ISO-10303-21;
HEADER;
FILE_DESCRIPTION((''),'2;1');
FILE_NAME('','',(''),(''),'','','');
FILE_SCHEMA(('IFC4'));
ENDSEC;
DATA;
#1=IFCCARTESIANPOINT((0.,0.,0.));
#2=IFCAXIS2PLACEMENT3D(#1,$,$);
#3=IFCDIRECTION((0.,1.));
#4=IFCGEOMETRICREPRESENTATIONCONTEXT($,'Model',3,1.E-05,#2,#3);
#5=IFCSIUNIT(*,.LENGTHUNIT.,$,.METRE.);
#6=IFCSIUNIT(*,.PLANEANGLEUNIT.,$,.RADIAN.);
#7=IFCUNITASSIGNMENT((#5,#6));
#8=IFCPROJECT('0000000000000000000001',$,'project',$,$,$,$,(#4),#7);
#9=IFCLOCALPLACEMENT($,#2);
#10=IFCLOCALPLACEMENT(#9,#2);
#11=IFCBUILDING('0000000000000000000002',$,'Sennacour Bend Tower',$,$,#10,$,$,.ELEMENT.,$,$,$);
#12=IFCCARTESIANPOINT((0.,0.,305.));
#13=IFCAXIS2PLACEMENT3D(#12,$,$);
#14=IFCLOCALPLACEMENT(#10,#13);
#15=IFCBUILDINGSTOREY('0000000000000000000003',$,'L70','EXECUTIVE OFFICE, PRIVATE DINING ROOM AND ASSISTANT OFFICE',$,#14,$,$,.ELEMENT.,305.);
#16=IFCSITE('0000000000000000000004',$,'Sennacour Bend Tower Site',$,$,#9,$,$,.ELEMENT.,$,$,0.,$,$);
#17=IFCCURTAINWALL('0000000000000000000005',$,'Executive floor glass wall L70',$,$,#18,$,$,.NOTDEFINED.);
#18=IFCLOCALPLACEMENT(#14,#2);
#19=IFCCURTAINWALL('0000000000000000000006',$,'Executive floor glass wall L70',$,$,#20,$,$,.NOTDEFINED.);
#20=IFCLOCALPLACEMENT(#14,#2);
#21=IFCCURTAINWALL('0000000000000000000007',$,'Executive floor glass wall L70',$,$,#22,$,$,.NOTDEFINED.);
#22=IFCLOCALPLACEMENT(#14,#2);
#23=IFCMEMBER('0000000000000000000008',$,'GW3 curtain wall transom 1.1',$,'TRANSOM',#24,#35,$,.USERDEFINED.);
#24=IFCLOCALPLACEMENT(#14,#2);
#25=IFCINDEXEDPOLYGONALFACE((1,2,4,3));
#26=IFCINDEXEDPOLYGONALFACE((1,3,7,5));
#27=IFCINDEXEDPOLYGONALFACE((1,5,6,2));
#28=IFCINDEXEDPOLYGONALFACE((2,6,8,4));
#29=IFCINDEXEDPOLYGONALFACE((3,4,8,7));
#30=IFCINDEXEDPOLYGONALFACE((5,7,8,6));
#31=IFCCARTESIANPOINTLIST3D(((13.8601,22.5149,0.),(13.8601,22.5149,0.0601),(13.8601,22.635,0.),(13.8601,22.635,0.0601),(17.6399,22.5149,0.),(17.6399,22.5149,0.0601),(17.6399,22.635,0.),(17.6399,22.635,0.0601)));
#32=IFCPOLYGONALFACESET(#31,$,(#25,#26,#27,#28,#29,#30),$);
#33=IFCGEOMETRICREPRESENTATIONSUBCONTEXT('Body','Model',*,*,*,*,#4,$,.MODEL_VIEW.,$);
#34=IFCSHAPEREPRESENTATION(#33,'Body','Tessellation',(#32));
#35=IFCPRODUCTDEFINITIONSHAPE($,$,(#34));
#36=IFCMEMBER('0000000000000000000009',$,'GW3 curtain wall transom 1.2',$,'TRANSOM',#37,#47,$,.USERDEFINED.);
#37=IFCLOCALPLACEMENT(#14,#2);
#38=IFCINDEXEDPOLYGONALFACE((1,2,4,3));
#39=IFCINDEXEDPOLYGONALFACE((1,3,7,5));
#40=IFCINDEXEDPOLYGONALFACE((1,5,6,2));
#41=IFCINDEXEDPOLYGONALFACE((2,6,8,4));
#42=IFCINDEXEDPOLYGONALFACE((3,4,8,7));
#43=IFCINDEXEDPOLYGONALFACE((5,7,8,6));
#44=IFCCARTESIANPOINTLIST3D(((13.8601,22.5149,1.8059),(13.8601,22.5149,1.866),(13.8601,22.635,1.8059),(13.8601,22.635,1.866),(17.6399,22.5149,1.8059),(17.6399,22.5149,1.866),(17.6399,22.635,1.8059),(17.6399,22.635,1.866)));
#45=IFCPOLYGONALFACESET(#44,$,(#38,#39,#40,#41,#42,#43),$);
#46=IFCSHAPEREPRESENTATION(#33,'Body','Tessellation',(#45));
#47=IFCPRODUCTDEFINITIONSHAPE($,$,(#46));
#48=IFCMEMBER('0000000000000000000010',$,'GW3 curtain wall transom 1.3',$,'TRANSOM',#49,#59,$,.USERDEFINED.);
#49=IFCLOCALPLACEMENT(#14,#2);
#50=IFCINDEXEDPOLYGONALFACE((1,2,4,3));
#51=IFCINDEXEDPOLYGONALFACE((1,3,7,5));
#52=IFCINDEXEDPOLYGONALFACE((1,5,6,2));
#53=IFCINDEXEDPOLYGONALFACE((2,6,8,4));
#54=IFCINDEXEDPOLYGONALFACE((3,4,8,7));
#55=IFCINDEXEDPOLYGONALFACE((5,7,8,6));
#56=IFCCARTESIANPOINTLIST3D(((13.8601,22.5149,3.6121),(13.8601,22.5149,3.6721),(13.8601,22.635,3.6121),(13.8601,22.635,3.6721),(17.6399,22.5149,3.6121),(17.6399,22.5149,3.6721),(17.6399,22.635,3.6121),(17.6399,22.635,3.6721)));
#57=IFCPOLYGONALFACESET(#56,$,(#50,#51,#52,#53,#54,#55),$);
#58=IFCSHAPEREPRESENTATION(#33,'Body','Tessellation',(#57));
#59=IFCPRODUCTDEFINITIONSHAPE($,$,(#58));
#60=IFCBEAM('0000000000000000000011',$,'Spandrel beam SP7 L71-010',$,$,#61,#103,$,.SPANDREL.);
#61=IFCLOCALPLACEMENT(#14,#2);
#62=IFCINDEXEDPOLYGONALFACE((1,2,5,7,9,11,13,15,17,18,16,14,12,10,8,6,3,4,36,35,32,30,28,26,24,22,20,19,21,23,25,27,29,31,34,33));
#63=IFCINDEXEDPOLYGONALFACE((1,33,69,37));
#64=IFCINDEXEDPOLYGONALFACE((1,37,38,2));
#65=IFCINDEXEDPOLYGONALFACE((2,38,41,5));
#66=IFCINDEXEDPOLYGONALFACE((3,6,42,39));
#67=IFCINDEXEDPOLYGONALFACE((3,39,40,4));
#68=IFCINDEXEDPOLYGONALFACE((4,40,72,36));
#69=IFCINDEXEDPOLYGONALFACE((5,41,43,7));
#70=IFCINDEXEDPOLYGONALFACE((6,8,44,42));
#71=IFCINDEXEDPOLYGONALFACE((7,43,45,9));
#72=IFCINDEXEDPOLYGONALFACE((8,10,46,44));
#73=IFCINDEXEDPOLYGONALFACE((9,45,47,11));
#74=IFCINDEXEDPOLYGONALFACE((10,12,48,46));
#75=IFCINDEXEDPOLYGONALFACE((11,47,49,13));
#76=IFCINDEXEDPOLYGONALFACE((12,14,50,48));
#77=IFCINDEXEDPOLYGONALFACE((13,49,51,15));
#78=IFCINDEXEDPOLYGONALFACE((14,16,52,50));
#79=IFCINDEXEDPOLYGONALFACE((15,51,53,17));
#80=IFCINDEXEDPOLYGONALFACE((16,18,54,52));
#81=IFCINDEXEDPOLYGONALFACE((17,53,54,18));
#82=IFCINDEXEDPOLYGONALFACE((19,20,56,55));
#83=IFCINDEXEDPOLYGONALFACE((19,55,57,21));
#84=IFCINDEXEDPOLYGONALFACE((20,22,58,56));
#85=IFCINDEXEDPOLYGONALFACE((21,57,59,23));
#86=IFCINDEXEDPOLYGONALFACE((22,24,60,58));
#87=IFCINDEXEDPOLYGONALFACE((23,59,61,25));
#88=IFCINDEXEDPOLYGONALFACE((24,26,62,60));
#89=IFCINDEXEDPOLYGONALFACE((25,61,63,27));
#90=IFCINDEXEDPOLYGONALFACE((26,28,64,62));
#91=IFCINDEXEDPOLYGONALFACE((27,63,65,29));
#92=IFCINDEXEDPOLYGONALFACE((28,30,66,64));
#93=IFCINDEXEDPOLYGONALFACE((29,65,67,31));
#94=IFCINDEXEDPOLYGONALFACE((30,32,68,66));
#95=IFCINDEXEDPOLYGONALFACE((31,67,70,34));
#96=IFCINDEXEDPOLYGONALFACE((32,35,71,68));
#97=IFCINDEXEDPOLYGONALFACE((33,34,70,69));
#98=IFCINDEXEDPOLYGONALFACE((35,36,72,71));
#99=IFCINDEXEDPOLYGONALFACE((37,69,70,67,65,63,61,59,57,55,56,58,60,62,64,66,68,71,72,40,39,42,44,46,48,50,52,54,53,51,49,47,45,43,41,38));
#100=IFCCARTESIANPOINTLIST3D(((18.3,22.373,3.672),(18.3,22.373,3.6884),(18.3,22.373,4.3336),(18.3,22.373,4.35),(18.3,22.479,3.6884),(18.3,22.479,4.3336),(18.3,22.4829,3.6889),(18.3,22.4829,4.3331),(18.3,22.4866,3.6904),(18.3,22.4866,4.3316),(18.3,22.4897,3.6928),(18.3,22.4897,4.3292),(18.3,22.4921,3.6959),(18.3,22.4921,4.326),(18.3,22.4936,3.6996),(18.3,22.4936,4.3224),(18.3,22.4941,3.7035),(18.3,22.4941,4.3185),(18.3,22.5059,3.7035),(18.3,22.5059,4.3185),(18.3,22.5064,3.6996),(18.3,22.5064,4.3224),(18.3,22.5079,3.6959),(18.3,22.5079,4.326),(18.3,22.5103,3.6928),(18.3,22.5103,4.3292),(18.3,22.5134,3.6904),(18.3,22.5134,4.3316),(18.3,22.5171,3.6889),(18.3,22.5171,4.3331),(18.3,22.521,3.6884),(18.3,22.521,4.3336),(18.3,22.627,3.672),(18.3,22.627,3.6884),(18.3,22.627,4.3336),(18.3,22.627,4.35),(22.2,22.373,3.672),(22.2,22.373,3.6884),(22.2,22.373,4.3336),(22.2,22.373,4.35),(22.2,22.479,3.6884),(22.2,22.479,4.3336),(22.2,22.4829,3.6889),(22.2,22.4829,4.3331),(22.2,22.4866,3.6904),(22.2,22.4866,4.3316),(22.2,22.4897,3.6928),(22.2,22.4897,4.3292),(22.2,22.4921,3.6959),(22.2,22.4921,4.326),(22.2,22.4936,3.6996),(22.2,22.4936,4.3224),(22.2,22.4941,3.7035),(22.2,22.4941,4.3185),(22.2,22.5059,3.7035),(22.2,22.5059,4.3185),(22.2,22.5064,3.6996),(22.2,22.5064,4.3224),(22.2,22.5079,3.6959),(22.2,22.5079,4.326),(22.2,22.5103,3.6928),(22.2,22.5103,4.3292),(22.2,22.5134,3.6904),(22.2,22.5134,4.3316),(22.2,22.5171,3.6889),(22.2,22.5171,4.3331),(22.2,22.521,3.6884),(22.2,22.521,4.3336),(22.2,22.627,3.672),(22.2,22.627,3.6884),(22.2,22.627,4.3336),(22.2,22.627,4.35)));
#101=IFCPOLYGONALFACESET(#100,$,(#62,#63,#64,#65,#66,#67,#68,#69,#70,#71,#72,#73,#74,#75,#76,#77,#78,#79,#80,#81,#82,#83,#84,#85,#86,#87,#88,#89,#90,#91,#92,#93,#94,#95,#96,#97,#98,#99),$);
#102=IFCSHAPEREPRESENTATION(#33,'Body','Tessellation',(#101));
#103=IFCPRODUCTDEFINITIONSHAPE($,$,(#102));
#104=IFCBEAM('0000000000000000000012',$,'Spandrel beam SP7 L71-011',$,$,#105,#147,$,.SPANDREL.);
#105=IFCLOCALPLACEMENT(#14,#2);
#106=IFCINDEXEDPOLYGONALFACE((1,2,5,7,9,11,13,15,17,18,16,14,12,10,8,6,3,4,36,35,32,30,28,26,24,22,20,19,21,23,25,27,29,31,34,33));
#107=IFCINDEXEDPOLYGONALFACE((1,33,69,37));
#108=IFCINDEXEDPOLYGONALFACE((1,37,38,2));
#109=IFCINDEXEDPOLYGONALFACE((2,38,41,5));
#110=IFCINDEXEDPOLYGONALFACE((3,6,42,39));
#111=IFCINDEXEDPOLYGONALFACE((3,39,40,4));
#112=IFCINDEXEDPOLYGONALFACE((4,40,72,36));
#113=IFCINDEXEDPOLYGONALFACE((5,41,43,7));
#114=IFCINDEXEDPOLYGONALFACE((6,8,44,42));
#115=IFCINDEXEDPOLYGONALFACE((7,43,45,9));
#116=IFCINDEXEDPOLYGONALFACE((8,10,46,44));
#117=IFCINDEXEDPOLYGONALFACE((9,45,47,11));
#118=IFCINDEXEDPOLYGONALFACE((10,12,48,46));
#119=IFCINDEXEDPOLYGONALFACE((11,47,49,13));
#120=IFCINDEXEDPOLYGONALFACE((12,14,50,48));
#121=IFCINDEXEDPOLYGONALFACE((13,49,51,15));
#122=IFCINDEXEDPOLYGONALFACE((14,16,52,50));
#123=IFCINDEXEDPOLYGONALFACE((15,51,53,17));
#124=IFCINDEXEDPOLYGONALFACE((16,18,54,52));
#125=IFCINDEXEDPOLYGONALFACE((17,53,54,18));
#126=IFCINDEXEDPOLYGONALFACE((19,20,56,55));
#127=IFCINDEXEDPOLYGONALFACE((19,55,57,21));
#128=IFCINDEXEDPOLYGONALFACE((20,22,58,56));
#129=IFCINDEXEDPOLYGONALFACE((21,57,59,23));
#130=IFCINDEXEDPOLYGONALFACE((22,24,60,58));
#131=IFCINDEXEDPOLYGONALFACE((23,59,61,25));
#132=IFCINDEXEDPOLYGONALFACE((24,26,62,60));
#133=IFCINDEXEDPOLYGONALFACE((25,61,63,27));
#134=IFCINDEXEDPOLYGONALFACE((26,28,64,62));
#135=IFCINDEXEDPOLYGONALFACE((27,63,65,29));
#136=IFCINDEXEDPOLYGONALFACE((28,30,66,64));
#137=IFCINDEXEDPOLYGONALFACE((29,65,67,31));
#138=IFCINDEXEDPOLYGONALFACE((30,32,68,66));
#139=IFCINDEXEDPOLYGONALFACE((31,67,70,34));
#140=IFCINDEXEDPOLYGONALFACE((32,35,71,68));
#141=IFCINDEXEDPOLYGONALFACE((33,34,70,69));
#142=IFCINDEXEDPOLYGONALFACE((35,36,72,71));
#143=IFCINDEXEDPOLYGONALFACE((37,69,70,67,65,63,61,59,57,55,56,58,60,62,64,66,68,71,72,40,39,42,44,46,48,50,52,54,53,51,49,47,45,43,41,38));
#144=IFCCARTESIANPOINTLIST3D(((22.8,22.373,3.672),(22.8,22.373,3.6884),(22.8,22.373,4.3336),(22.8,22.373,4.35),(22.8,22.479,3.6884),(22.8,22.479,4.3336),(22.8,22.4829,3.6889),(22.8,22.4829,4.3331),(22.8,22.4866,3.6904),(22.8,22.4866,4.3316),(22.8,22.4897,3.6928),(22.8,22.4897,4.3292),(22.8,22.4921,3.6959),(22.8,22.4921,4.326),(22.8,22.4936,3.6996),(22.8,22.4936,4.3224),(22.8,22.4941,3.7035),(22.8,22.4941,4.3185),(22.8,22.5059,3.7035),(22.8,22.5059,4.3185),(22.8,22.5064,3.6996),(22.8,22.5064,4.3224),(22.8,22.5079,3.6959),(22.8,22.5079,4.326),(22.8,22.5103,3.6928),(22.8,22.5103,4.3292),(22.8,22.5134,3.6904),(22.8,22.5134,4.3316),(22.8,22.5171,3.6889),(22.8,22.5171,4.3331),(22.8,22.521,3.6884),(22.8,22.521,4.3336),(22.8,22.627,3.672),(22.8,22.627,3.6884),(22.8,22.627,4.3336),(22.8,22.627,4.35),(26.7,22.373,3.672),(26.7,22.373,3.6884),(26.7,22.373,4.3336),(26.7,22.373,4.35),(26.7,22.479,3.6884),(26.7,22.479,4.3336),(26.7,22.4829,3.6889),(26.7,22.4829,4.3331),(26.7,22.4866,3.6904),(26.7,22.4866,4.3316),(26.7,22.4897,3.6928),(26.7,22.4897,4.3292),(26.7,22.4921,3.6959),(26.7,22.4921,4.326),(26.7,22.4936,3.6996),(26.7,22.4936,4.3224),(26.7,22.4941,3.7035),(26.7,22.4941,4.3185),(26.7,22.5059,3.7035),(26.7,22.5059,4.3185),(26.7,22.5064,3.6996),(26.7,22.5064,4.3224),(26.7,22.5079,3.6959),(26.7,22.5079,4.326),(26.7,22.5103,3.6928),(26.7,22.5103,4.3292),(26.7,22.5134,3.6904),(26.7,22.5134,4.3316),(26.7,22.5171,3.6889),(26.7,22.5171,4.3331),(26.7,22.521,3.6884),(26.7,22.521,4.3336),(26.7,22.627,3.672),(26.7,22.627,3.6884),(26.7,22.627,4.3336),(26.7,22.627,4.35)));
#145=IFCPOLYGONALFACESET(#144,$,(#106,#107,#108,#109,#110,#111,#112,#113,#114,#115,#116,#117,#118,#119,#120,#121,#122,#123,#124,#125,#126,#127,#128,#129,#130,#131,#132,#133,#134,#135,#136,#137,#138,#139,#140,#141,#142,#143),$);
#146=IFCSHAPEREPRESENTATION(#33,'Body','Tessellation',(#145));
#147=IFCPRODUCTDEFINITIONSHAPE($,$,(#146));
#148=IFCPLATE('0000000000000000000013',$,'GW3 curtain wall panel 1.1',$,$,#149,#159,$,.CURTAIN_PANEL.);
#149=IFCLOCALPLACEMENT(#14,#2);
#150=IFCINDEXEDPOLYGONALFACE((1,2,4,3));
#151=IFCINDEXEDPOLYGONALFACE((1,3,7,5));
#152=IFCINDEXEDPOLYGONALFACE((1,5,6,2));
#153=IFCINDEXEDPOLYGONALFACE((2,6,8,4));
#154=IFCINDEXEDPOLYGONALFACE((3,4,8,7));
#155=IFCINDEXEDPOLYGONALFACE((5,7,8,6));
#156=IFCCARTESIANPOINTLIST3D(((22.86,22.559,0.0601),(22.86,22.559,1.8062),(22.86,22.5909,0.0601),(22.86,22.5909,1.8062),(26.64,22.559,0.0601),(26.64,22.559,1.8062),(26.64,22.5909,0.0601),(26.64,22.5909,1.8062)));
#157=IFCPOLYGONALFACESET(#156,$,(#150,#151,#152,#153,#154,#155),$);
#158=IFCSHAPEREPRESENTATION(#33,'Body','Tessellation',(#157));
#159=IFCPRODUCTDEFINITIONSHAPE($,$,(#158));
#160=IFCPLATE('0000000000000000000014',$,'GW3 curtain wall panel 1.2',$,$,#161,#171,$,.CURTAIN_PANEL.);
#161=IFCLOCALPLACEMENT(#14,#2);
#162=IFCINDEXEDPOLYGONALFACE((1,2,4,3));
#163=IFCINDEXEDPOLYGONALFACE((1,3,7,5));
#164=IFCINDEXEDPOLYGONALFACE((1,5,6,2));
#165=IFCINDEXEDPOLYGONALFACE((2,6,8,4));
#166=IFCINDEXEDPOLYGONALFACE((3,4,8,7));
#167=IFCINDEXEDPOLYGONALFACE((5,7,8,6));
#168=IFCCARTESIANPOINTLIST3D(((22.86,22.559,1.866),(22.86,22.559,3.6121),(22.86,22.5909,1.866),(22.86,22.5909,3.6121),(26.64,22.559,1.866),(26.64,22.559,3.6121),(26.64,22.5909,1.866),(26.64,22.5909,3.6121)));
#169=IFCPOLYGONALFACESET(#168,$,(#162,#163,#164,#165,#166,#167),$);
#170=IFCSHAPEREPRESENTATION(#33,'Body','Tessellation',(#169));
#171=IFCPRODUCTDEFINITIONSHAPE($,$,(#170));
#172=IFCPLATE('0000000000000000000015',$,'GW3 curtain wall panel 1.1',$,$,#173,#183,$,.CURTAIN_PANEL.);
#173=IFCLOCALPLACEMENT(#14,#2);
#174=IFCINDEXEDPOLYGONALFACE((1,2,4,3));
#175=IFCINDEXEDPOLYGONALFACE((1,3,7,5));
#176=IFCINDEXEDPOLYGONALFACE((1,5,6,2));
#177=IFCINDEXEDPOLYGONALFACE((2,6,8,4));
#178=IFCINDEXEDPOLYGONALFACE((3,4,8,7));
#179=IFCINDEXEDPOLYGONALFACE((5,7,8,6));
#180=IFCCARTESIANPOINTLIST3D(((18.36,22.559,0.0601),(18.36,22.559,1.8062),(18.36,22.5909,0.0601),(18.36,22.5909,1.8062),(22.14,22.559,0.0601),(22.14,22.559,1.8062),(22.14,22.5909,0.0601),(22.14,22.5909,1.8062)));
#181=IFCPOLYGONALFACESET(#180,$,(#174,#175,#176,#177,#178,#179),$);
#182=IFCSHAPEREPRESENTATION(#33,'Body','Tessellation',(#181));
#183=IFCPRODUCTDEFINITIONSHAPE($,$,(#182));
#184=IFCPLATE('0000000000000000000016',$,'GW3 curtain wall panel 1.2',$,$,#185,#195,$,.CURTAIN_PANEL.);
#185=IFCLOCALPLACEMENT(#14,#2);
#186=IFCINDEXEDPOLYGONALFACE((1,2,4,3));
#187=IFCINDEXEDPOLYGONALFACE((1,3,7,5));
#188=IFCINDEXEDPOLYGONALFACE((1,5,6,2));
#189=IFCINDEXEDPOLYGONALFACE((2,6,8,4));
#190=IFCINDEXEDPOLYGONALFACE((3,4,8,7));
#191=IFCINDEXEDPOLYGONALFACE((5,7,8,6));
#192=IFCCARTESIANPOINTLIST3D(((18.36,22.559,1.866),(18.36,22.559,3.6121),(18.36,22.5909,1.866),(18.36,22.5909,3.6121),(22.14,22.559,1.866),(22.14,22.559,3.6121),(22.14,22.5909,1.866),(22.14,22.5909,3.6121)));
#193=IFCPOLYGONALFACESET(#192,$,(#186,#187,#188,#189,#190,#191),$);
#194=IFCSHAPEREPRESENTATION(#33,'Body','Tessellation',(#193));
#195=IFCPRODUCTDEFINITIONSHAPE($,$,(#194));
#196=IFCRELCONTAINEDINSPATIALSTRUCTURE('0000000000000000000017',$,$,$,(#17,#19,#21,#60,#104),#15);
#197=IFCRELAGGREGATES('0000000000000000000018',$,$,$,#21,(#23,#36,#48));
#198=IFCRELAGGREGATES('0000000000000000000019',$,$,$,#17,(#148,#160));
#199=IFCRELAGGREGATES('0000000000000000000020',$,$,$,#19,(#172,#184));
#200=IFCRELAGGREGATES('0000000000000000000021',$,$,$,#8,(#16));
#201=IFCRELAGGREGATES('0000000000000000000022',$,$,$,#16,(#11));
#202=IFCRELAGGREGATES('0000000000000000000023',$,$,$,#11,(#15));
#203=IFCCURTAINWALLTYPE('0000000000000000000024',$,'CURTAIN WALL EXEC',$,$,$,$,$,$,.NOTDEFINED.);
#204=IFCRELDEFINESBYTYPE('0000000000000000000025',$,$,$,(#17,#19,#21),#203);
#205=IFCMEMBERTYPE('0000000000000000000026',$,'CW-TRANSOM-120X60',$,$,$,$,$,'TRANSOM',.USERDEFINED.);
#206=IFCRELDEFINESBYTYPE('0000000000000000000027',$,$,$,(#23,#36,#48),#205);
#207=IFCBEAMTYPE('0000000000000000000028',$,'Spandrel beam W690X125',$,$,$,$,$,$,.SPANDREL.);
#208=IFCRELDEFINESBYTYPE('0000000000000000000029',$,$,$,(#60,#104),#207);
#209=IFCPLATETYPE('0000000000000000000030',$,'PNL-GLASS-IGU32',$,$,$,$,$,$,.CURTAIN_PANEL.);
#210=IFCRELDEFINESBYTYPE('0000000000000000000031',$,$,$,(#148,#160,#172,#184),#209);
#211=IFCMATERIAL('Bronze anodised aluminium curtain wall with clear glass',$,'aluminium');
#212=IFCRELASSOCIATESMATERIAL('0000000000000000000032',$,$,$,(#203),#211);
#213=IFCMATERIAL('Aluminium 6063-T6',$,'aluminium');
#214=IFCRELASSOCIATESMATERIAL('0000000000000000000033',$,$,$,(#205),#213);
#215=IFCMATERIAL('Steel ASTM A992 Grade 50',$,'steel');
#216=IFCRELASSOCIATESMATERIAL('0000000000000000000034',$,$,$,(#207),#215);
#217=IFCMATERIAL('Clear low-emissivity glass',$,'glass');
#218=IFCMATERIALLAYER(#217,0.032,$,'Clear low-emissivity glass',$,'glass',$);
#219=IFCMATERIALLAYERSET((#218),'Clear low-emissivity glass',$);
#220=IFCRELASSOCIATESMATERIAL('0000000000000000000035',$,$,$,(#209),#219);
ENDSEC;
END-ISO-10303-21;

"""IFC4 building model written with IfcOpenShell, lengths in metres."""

from ifc_helpers import new_model, si_unit, direction, frame, origin, origin_2d, place, context, subcontext, project, spatial, rectangle, i_section, extrude, material, layer, layer_set, material_profile, profile_set, type_object, element, aggregate, save


model = new_model("IFC4")

# Units and contexts
model_context = context("Model", 3, precision=1e-05, world=origin(), true_north=direction((0.0, 1.0)))
body_context = subcontext(model_context, "Body", "Model", "MODEL_VIEW")
ifc_project = project(units=[si_unit("LENGTHUNIT", "METRE"), si_unit("PLANEANGLEUNIT", "RADIAN")], contexts=[model_context])

# Site, building, storey
site_placement = place(None, origin())
site = spatial("IfcSite", under=ifc_project, at=site_placement, Name="Sennacour Bend Tower Site", CompositionType="ELEMENT", RefElevation=0.0)
building_placement = place(site_placement, origin())
building = spatial("IfcBuilding", under=site, at=building_placement, Name="Sennacour Bend Tower", CompositionType="ELEMENT")
storey_placement = place(building_placement, frame((0.0, 0.0, 305.0)))
storey = spatial("IfcBuildingStorey", under=building, at=storey_placement, Name="L70", Description="EXECUTIVE OFFICE, PRIVATE DINING ROOM AND ASSISTANT OFFICE", CompositionType="ELEMENT", Elevation=305.0)

# Curtain walls
ifc_material_1 = material(Name="Bronze anodised aluminium curtain wall with clear glass", Category="aluminium")
curtain_wall_type = type_object("IfcCurtainWallType", Name="CURTAIN WALL EXEC", PredefinedType="NOTDEFINED", material=ifc_material_1)
curtain_wall_1_placement = place(storey_placement, origin())
curtain_wall_1 = element("IfcCurtainWall", 1, at=curtain_wall_1_placement, inside=storey, type_object=curtain_wall_type, Name="Executive floor glass wall L70", PredefinedType="NOTDEFINED")
ifc_material_2 = material(Name="Aluminium 6063-T6", Category="aluminium")
curtain_wall_2_placement = place(storey_placement, origin())
curtain_wall_2 = element("IfcCurtainWall", 2, at=curtain_wall_2_placement, inside=storey, type_object=curtain_wall_type, Name="Executive floor glass wall L70", PredefinedType="NOTDEFINED")

# Curtain wall
curtain_wall_3_placement = place(storey_placement, origin())
curtain_wall_3 = element("IfcCurtainWall", 3, at=curtain_wall_3_placement, inside=storey, type_object=curtain_wall_type, Name="Executive floor glass wall L70", PredefinedType="NOTDEFINED")

# Members
ifc_material_profile_1 = material_profile(ifc_material_2, rectangle(XDim=0.1201, YDim=0.0601, at=origin_2d()), Name="Aluminium 6063-T6", Category="aluminium")
ifc_profile_set_1 = profile_set([ifc_material_profile_1], Name="Aluminium 6063-T6")
member_type_1 = type_object("IfcMemberType", Name="CW-TRANSOM-120X60", ElementType="TRANSOM", PredefinedType="USERDEFINED", material=ifc_profile_set_1)
member_1_placement = place(storey_placement, frame((17.6399, 22.575, 0.03), z_axis=(-1.0, 0.0, 0.0), x_axis=(0.0, -1.0, 0.0)))
member_1 = element("IfcMember", 4, at=member_1_placement, type_object=member_type_1, Name="GW3 curtain wall transom 1.1", ObjectType="TRANSOM", PredefinedType="USERDEFINED", context=body_context, shape_type="SweptSolid", body=[
    extrude(rectangle(XDim=0.1201, YDim=0.0601, at=origin_2d()), origin(), (0.0, 0.0, 1.0), 3.7798),
])
member_2_placement = place(storey_placement, frame((17.6399, 22.575, 1.8359), z_axis=(-1.0, 0.0, 0.0), x_axis=(0.0, -1.0, 0.0)))
member_2 = element("IfcMember", 5, at=member_2_placement, type_object=member_type_1, Name="GW3 curtain wall transom 1.2", ObjectType="TRANSOM", PredefinedType="USERDEFINED", context=body_context, shape_type="SweptSolid", body=[
    extrude(rectangle(XDim=0.1201, YDim=0.0601, at=origin_2d()), origin(), (0.0, 0.0, 1.0), 3.7798),
])
member_3_placement = place(storey_placement, frame((17.6399, 22.575, 3.6421), z_axis=(-1.0, 0.0, 0.0), x_axis=(0.0, -1.0, 0.0)))
member_3 = element("IfcMember", 6, at=member_3_placement, type_object=member_type_1, Name="GW3 curtain wall transom 1.3", ObjectType="TRANSOM", PredefinedType="USERDEFINED", context=body_context, shape_type="SweptSolid", body=[
    extrude(rectangle(XDim=0.1201, YDim=0.0601, at=origin_2d()), origin(), (0.0, 0.0, 1.0), 3.7798),
])
aggregate(curtain_wall_3, [member_1, member_2, member_3])

# Beams
ifc_material_3 = material(Name="Steel ASTM A992 Grade 50", Category="steel")
ifc_material_profile_2 = material_profile(ifc_material_3, i_section(OverallWidth=0.2539, OverallDepth=0.678, WebThickness=0.0117, FlangeThickness=0.0164, FilletRadius=0.0151, at=origin_2d()), Name="Steel ASTM A992 Grade 50", Category="steel")
ifc_profile_set_2 = profile_set([ifc_material_profile_2], Name="Steel ASTM A992 Grade 50")
beam_type = type_object("IfcBeamType", Name="Spandrel beam W690X125", PredefinedType="SPANDREL", material=ifc_profile_set_2)
for number, where, z_axis, x_axis, name in (
    (7, (18.3, 22.5, 4.011), (1.0, 0.0, 0.0), (0.0, 1.0, 0.0), "Spandrel beam SP7 L71-010"),
    (8, (22.8, 22.5, 4.011), (1.0, 0.0, 0.0), (0.0, 1.0, 0.0), "Spandrel beam SP7 L71-011"),
):
    element("IfcBeam", number, at=place(storey_placement, frame(where, z_axis=z_axis, x_axis=x_axis)), inside=storey, type_object=beam_type, Name=name, PredefinedType="SPANDREL", context=body_context, shape_type="SweptSolid", body=[
        extrude(i_section(OverallWidth=0.2539, OverallDepth=0.678, WebThickness=0.0117, FlangeThickness=0.0164, FilletRadius=0.0151, at=origin_2d()), origin(), (0.0, 0.0, 1.0), 3.8999),
    ])

# Plates
ifc_material_4 = material(Name="Clear low-emissivity glass", Category="glass")
ifc_layer_1 = layer(ifc_material_4, 0.032, Name="Clear low-emissivity glass", Category="glass")
ifc_layer_set_1 = layer_set([ifc_layer_1], Name="Clear low-emissivity glass")
plate_type = type_object("IfcPlateType", Name="PNL-GLASS-IGU32", PredefinedType="CURTAIN_PANEL", material=ifc_layer_set_1)
plate_1_placement = place(storey_placement, frame((24.75, 22.575, 0.0601), z_axis=(0.0, 0.0, 1.0), x_axis=(-1.0, 0.0, 0.0)))
plate_1 = element("IfcPlate", 9, at=plate_1_placement, type_object=plate_type, Name="GW3 curtain wall panel 1.1", PredefinedType="CURTAIN_PANEL", context=body_context, shape_type="SweptSolid", body=[
    extrude(rectangle(XDim=3.78, YDim=0.032, at=origin_2d()), origin(), (0.0, 0.0, 1.0), 1.7461),
])
plate_2_placement = place(storey_placement, frame((24.75, 22.575, 1.866), z_axis=(0.0, 0.0, 1.0), x_axis=(-1.0, 0.0, 0.0)))
plate_2 = element("IfcPlate", 10, at=plate_2_placement, type_object=plate_type, Name="GW3 curtain wall panel 1.2", PredefinedType="CURTAIN_PANEL", context=body_context, shape_type="SweptSolid", body=[
    extrude(rectangle(XDim=3.78, YDim=0.032, at=origin_2d()), origin(), (0.0, 0.0, 1.0), 1.7461),
])
aggregate(curtain_wall_1, [plate_1, plate_2])
plate_3_placement = place(storey_placement, frame((20.25, 22.575, 0.0601), z_axis=(0.0, 0.0, 1.0), x_axis=(-1.0, 0.0, 0.0)))
plate_3 = element("IfcPlate", 11, at=plate_3_placement, type_object=plate_type, Name="GW3 curtain wall panel 1.1", PredefinedType="CURTAIN_PANEL", context=body_context, shape_type="SweptSolid", body=[
    extrude(rectangle(XDim=3.78, YDim=0.032, at=origin_2d()), origin(), (0.0, 0.0, 1.0), 1.7461),
])
plate_4_placement = place(storey_placement, frame((20.25, 22.575, 1.866), z_axis=(0.0, 0.0, 1.0), x_axis=(-1.0, 0.0, 0.0)))
plate_4 = element("IfcPlate", 12, at=plate_4_placement, type_object=plate_type, Name="GW3 curtain wall panel 1.2", PredefinedType="CURTAIN_PANEL", context=body_context, shape_type="SweptSolid", body=[
    extrude(rectangle(XDim=3.78, YDim=0.032, at=origin_2d()), origin(), (0.0, 0.0, 1.0), 1.7461),
])
aggregate(curtain_wall_2, [plate_3, plate_4])

save(model, "model.ifc")
